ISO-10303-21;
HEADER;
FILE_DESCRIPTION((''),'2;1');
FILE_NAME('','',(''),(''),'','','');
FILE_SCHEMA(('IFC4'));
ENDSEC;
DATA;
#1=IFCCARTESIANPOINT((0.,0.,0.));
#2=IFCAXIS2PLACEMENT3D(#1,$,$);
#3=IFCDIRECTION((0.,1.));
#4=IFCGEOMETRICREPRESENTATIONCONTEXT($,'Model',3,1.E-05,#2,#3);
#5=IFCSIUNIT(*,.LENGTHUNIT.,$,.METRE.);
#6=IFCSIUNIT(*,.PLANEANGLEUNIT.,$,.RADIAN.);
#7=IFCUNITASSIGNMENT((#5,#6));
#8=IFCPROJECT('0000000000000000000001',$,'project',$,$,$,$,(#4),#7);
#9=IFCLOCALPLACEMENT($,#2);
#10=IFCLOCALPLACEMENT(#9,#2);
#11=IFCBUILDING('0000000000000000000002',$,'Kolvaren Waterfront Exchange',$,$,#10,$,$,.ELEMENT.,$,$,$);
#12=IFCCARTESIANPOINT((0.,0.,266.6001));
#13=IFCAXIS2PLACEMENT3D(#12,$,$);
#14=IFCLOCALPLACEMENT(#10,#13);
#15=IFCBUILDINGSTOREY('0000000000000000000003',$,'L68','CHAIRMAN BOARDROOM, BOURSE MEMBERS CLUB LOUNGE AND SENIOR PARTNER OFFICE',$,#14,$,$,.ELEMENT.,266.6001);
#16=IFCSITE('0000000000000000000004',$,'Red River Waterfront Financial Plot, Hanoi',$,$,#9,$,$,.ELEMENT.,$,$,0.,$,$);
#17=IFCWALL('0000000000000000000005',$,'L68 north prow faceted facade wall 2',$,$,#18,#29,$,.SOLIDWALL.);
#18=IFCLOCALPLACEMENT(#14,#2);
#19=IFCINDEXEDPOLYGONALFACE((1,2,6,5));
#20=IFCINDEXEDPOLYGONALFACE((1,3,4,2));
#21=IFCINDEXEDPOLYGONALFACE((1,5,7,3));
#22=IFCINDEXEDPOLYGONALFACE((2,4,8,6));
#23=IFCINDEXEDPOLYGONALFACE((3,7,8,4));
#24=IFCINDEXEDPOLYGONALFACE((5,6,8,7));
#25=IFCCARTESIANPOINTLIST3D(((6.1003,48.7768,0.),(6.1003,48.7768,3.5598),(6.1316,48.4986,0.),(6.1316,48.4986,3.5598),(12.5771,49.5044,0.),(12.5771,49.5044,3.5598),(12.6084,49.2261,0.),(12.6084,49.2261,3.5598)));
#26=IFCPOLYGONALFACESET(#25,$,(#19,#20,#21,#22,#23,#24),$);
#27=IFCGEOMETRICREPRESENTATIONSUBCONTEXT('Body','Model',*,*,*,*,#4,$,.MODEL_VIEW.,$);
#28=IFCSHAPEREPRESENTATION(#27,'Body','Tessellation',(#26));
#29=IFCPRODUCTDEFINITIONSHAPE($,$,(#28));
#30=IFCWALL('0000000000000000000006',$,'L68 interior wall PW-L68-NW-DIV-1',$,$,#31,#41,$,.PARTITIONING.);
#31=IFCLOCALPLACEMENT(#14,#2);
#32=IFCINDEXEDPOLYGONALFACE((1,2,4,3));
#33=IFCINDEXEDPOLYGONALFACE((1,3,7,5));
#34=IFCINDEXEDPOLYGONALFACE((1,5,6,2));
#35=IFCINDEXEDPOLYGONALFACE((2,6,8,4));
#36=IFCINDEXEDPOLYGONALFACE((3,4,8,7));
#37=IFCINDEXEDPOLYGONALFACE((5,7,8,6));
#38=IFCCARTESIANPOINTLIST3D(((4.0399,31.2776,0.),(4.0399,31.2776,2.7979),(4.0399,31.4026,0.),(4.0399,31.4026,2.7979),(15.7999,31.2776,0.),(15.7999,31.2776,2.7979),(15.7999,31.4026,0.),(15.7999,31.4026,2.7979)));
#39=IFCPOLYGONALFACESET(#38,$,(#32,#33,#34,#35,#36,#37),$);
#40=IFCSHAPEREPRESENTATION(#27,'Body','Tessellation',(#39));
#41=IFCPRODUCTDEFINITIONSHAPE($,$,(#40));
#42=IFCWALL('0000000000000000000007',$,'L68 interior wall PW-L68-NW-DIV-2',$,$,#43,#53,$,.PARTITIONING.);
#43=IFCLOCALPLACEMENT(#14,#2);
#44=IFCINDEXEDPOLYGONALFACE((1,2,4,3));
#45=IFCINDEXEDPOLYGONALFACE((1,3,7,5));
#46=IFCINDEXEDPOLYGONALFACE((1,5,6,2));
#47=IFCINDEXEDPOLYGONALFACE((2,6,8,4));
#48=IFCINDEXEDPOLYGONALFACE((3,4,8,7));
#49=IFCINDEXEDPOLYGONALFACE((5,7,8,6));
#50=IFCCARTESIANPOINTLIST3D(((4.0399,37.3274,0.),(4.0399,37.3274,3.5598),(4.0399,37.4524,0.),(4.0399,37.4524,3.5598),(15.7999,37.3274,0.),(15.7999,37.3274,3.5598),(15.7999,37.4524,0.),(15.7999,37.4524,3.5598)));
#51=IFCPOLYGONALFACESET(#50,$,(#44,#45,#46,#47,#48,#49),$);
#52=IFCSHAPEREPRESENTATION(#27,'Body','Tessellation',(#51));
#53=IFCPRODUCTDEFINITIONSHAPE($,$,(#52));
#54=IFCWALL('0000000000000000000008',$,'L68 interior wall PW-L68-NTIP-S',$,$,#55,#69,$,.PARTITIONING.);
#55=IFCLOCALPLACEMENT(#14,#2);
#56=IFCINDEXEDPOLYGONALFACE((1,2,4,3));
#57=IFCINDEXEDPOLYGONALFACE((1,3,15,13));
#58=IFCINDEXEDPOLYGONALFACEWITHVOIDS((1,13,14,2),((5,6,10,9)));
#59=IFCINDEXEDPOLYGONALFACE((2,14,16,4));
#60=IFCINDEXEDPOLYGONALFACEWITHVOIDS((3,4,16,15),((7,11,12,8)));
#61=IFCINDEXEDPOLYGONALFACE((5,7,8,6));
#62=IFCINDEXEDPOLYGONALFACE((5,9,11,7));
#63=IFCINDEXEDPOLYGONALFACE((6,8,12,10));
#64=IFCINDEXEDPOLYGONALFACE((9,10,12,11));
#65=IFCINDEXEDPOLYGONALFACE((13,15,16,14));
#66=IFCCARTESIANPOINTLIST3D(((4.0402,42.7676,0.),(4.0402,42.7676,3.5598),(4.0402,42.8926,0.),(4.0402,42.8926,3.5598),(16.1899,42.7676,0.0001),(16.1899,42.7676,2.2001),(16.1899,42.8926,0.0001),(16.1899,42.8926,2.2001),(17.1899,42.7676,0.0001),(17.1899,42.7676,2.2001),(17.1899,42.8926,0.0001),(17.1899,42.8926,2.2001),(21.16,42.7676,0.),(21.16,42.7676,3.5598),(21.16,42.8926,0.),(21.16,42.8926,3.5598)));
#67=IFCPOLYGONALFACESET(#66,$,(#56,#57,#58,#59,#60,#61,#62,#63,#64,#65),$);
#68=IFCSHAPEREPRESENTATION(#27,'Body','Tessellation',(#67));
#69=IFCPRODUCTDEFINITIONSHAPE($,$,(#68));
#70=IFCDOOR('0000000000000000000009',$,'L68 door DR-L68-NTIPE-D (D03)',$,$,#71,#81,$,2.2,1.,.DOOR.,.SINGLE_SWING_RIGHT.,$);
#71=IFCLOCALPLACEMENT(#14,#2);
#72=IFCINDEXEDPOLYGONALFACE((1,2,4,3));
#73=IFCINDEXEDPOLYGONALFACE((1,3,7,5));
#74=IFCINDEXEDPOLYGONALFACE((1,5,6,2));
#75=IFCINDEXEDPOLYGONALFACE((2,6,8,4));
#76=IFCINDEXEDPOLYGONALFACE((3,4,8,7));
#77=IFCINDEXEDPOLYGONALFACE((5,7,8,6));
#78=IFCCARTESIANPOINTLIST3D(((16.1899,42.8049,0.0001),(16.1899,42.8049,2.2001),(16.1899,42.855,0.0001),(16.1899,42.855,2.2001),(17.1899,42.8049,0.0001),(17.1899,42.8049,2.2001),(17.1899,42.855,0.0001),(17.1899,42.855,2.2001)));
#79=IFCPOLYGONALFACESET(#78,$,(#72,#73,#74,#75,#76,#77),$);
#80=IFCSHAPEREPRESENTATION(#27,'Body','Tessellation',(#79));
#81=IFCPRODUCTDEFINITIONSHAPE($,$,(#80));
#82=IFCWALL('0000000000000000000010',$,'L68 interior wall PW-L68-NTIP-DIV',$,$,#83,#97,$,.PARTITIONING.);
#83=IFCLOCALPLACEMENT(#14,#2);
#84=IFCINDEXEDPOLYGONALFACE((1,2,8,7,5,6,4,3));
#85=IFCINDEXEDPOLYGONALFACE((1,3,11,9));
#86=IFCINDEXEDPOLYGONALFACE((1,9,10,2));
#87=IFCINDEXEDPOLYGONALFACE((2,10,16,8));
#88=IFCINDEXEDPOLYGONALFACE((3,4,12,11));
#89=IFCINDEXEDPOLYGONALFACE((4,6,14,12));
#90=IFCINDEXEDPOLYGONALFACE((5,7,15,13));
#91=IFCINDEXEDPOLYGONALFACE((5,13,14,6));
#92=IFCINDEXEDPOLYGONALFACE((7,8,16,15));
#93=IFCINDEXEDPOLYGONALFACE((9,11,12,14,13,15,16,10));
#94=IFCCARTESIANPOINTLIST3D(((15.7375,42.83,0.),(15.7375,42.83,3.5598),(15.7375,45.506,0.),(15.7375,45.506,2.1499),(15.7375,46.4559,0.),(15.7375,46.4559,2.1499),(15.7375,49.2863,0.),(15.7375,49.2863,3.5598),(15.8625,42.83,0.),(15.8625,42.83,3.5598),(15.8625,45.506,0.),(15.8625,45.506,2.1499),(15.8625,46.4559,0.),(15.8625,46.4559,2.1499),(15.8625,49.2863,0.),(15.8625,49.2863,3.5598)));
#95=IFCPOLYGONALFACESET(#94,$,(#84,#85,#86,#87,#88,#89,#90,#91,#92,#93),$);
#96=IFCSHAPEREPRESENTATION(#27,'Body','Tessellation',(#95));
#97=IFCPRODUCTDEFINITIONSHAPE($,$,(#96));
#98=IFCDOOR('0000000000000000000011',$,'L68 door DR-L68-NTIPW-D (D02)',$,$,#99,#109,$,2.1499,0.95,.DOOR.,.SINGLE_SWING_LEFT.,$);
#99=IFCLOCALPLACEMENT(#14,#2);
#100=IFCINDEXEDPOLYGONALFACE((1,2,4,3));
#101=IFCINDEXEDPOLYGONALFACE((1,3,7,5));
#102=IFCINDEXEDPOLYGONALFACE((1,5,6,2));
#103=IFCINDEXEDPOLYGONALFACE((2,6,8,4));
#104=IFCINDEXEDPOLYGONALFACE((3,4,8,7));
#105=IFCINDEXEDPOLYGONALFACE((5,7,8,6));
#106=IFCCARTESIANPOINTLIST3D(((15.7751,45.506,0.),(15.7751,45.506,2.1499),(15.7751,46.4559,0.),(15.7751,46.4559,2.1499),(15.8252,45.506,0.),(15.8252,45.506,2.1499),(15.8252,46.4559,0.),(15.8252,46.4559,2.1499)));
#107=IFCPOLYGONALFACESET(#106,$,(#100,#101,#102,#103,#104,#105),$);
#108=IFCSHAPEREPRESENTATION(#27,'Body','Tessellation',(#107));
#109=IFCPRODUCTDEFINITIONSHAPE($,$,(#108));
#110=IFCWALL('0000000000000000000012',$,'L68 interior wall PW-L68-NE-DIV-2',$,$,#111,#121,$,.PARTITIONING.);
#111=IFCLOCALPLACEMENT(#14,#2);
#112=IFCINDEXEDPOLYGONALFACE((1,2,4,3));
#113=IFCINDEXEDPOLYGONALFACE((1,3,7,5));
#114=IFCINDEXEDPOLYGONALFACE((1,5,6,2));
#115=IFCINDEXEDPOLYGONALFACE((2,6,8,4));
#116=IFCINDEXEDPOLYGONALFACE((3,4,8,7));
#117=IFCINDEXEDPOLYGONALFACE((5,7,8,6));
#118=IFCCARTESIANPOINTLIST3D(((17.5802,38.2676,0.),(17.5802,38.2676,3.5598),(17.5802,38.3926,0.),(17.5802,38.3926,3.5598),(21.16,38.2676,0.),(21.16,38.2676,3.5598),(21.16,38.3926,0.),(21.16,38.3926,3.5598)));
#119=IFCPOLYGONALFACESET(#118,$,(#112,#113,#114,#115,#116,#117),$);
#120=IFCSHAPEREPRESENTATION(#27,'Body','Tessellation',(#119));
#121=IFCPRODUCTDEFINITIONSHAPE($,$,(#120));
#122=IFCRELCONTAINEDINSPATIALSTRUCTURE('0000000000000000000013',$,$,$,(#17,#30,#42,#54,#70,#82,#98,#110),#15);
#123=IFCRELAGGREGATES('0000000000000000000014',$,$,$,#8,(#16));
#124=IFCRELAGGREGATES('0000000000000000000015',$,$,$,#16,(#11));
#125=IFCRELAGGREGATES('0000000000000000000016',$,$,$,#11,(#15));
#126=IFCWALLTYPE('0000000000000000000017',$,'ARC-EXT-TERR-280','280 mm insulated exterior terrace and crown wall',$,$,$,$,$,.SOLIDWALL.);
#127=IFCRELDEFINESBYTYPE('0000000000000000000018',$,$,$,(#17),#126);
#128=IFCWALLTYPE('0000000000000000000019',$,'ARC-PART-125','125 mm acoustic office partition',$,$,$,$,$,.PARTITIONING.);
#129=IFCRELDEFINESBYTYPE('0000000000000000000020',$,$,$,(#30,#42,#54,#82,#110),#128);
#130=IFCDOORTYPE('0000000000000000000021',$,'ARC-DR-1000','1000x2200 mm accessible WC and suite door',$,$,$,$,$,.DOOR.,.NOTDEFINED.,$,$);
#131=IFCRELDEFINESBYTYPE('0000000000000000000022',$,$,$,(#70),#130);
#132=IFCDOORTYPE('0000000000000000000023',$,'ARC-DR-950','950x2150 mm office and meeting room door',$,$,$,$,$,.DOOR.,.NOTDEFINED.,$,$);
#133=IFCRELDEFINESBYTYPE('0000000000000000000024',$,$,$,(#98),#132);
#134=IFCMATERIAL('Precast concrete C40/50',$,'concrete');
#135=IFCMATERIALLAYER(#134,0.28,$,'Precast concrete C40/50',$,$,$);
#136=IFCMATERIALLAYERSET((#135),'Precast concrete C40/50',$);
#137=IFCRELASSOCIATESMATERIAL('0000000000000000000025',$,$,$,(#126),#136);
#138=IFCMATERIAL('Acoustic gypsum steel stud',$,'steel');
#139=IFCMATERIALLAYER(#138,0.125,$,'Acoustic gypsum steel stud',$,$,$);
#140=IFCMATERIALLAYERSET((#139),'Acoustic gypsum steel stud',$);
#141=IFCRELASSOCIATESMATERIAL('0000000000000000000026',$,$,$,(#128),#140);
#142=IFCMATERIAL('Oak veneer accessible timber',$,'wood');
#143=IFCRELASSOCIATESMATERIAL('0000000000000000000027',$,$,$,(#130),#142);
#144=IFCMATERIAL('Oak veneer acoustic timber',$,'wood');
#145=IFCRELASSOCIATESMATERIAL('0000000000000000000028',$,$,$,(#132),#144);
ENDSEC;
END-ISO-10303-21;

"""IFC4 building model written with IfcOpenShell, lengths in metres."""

from ifc_helpers import new_model, si_unit, direction, frame, frame_2d, origin, place, context, subcontext, project, spatial, rectangle, extrude, material, layer, layer_set, type_object, element, fill, save


model = new_model("IFC4")

# Units and contexts
model_context = context("Model", 3, precision=1e-05, world=origin(), true_north=direction((0.0, 1.0)))
body_context = subcontext(model_context, "Body", "Model", "MODEL_VIEW")
ifc_project = project(units=[si_unit("LENGTHUNIT", "METRE"), si_unit("PLANEANGLEUNIT", "RADIAN")], contexts=[model_context])

# Site, building, storey
site_placement = place(None, origin())
site = spatial("IfcSite", under=ifc_project, at=site_placement, Name="Red River Waterfront Financial Plot, Hanoi", CompositionType="ELEMENT", RefElevation=0.0)
building_placement = place(site_placement, origin())
building = spatial("IfcBuilding", under=site, at=building_placement, Name="Kolvaren Waterfront Exchange", CompositionType="ELEMENT")
storey_placement = place(building_placement, frame((0.0, 0.0, 266.6001)))
storey = spatial("IfcBuildingStorey", under=building, at=storey_placement, Name="L68", Description="CHAIRMAN BOARDROOM, BOURSE MEMBERS CLUB LOUNGE AND SENIOR PARTNER OFFICE", CompositionType="ELEMENT", Elevation=266.6001)

# Walls
ifc_material_1 = material(Name="Precast concrete C40/50", Category="concrete")
ifc_layer_1 = layer(ifc_material_1, 0.28, Name="Precast concrete C40/50")
ifc_layer_set_1 = layer_set([ifc_layer_1], Name="Precast concrete C40/50")
wall_type_1 = type_object("IfcWallType", Name="ARC-EXT-TERR-280", Description="280 mm insulated exterior terrace and crown wall", PredefinedType="SOLIDWALL", material=ifc_layer_set_1)
wall_1_placement = place(storey_placement, frame((12.5928, 49.3652, 0.0), z_axis=(0.0, 0.0, 1.0), x_axis=(-0.99375, -0.111628, 0.0)))
element("IfcWall", 1, at=wall_1_placement, inside=storey, type_object=wall_type_1, Name="L68 north prow faceted facade wall 2", PredefinedType="SOLIDWALL", context=body_context, shape_type="SweptSolid", body=[
    extrude(rectangle(XDim=6.5176, YDim=0.28, at=frame_2d((3.2588, 0.0))), origin(), (0.0, 0.0, 1.0), 3.5598),
])
ifc_material_2 = material(Name="Acoustic gypsum steel stud", Category="steel")
ifc_layer_2 = layer(ifc_material_2, 0.125, Name="Acoustic gypsum steel stud")
ifc_layer_set_2 = layer_set([ifc_layer_2], Name="Acoustic gypsum steel stud")
wall_type_2 = type_object("IfcWallType", Name="ARC-PART-125", Description="125 mm acoustic office partition", PredefinedType="PARTITIONING", material=ifc_layer_set_2)
wall_2_placement = place(storey_placement, frame((4.04, 31.3401, 0.0), z_axis=(0.0, 0.0, 1.0), x_axis=(1.0, 0.0, 0.0)))
element("IfcWall", 2, at=wall_2_placement, inside=storey, type_object=wall_type_2, Name="L68 interior wall PW-L68-NW-DIV-1", PredefinedType="PARTITIONING", context=body_context, shape_type="SweptSolid", body=[
    extrude(rectangle(XDim=11.76, YDim=0.125, at=frame_2d((5.8799, 0.0))), origin(), (0.0, 0.0, 1.0), 2.7979),
])
wall_3_placement = place(storey_placement, frame((4.04, 37.3899, 0.0), z_axis=(0.0, 0.0, 1.0), x_axis=(1.0, 0.0, 0.0)))
element("IfcWall", 3, at=wall_3_placement, inside=storey, type_object=wall_type_2, Name="L68 interior wall PW-L68-NW-DIV-2", PredefinedType="PARTITIONING", context=body_context, shape_type="SweptSolid", body=[
    extrude(rectangle(XDim=11.76, YDim=0.125, at=frame_2d((5.8799, 0.0))), origin(), (0.0, 0.0, 1.0), 3.5598),
])

# Walls, openings, doors
wall_4_placement = place(storey_placement, frame((4.04, 42.8301, 0.0), z_axis=(0.0, 0.0, 1.0), x_axis=(1.0, 0.0, 0.0)))
wall_4 = element("IfcWall", 4, at=wall_4_placement, inside=storey, type_object=wall_type_2, Name="L68 interior wall PW-L68-NTIP-S", PredefinedType="PARTITIONING", context=body_context, shape_type="SweptSolid", body=[
    extrude(rectangle(XDim=17.1199, YDim=0.125, at=frame_2d((8.5601, 0.0))), origin(), (0.0, 0.0, 1.0), 3.5598),
])
opening_1_placement = place(wall_4_placement, frame((12.1499, 0.0, 0.0)))
opening_1 = element("IfcOpeningElement", 5, at=opening_1_placement, cuts=wall_4, PredefinedType="OPENING", context=body_context, shape_type="SweptSolid", body=[
    extrude(rectangle(XDim=1.0, YDim=2.2, at=frame_2d((0.5, 1.1001))), frame((0.0, 0.0725, 0.0), z_axis=(0.0, -1.0, 0.0), x_axis=(1.0, 0.0, 0.0)), (0.0, 0.0, 1.0), 0.145),
])
ifc_material_3 = material(Name="Oak veneer accessible timber", Category="wood")
door_type_1 = type_object("IfcDoorType", Name="ARC-DR-1000", Description="1000x2200 mm accessible WC and suite door", OperationType="NOTDEFINED", PredefinedType="DOOR", material=ifc_material_3)
door_1_placement = place(opening_1_placement, origin())
door_1 = element("IfcDoor", 6, at=door_1_placement, inside=storey, type_object=door_type_1, Name="L68 door DR-L68-NTIPE-D (D03)", OperationType="SINGLE_SWING_RIGHT", OverallHeight=2.2, OverallWidth=1.0, PredefinedType="DOOR", context=body_context, shape_type="SweptSolid", body=[
    extrude(rectangle(XDim=1.0, YDim=2.2, at=frame_2d((0.5, 1.1001))), frame((0.0, 0.0249, 0.0), z_axis=(0.0, -1.0, 0.0), x_axis=(1.0, 0.0, 0.0)), (0.0, 0.0, 1.0), 0.05),
])
fill(opening_1, door_1)
wall_5_placement = place(storey_placement, frame((15.8, 42.8301, 0.0), z_axis=(0.0, 0.0, 1.0), x_axis=(0.0, 1.0, 0.0)))
wall_5 = element("IfcWall", 7, at=wall_5_placement, inside=storey, type_object=wall_type_2, Name="L68 interior wall PW-L68-NTIP-DIV", PredefinedType="PARTITIONING", context=body_context, shape_type="SweptSolid", body=[
    extrude(rectangle(XDim=6.4563, YDim=0.125, at=frame_2d((3.228, 0.0))), origin(), (0.0, 0.0, 1.0), 3.5598),
])
opening_2_placement = place(wall_5_placement, frame((2.6758, 0.0, 0.0)))
opening_2 = element("IfcOpeningElement", 8, at=opening_2_placement, cuts=wall_5, PredefinedType="OPENING", context=body_context, shape_type="SweptSolid", body=[
    extrude(rectangle(XDim=0.95, YDim=2.1499, at=frame_2d((0.4751, 1.075))), frame((0.0, 0.0725, 0.0), z_axis=(0.0, -1.0, 0.0), x_axis=(1.0, 0.0, 0.0)), (0.0, 0.0, 1.0), 0.145),
])
ifc_material_4 = material(Name="Oak veneer acoustic timber", Category="wood")
door_type_2 = type_object("IfcDoorType", Name="ARC-DR-950", Description="950x2150 mm office and meeting room door", OperationType="NOTDEFINED", PredefinedType="DOOR", material=ifc_material_4)
door_2_placement = place(opening_2_placement, origin())
door_2 = element("IfcDoor", 9, at=door_2_placement, inside=storey, type_object=door_type_2, Name="L68 door DR-L68-NTIPW-D (D02)", OperationType="SINGLE_SWING_LEFT", OverallHeight=2.1499, OverallWidth=0.95, PredefinedType="DOOR", context=body_context, shape_type="SweptSolid", body=[
    extrude(rectangle(XDim=0.95, YDim=2.1499, at=frame_2d((0.4751, 1.075))), frame((0.0, 0.0249, 0.0), z_axis=(0.0, -1.0, 0.0), x_axis=(1.0, 0.0, 0.0)), (0.0, 0.0, 1.0), 0.05),
])
fill(opening_2, door_2)

# Wall
wall_6_placement = place(storey_placement, frame((17.5801, 38.3301, 0.0), z_axis=(0.0, 0.0, 1.0), x_axis=(1.0, 0.0, 0.0)))
element("IfcWall", 10, at=wall_6_placement, inside=storey, type_object=wall_type_2, Name="L68 interior wall PW-L68-NE-DIV-2", PredefinedType="PARTITIONING", context=body_context, shape_type="SweptSolid", body=[
    extrude(rectangle(XDim=3.5798, YDim=0.125, at=frame_2d((1.79, 0.0))), origin(), (0.0, 0.0, 1.0), 3.5598),
])

save(model, "model.ifc")
